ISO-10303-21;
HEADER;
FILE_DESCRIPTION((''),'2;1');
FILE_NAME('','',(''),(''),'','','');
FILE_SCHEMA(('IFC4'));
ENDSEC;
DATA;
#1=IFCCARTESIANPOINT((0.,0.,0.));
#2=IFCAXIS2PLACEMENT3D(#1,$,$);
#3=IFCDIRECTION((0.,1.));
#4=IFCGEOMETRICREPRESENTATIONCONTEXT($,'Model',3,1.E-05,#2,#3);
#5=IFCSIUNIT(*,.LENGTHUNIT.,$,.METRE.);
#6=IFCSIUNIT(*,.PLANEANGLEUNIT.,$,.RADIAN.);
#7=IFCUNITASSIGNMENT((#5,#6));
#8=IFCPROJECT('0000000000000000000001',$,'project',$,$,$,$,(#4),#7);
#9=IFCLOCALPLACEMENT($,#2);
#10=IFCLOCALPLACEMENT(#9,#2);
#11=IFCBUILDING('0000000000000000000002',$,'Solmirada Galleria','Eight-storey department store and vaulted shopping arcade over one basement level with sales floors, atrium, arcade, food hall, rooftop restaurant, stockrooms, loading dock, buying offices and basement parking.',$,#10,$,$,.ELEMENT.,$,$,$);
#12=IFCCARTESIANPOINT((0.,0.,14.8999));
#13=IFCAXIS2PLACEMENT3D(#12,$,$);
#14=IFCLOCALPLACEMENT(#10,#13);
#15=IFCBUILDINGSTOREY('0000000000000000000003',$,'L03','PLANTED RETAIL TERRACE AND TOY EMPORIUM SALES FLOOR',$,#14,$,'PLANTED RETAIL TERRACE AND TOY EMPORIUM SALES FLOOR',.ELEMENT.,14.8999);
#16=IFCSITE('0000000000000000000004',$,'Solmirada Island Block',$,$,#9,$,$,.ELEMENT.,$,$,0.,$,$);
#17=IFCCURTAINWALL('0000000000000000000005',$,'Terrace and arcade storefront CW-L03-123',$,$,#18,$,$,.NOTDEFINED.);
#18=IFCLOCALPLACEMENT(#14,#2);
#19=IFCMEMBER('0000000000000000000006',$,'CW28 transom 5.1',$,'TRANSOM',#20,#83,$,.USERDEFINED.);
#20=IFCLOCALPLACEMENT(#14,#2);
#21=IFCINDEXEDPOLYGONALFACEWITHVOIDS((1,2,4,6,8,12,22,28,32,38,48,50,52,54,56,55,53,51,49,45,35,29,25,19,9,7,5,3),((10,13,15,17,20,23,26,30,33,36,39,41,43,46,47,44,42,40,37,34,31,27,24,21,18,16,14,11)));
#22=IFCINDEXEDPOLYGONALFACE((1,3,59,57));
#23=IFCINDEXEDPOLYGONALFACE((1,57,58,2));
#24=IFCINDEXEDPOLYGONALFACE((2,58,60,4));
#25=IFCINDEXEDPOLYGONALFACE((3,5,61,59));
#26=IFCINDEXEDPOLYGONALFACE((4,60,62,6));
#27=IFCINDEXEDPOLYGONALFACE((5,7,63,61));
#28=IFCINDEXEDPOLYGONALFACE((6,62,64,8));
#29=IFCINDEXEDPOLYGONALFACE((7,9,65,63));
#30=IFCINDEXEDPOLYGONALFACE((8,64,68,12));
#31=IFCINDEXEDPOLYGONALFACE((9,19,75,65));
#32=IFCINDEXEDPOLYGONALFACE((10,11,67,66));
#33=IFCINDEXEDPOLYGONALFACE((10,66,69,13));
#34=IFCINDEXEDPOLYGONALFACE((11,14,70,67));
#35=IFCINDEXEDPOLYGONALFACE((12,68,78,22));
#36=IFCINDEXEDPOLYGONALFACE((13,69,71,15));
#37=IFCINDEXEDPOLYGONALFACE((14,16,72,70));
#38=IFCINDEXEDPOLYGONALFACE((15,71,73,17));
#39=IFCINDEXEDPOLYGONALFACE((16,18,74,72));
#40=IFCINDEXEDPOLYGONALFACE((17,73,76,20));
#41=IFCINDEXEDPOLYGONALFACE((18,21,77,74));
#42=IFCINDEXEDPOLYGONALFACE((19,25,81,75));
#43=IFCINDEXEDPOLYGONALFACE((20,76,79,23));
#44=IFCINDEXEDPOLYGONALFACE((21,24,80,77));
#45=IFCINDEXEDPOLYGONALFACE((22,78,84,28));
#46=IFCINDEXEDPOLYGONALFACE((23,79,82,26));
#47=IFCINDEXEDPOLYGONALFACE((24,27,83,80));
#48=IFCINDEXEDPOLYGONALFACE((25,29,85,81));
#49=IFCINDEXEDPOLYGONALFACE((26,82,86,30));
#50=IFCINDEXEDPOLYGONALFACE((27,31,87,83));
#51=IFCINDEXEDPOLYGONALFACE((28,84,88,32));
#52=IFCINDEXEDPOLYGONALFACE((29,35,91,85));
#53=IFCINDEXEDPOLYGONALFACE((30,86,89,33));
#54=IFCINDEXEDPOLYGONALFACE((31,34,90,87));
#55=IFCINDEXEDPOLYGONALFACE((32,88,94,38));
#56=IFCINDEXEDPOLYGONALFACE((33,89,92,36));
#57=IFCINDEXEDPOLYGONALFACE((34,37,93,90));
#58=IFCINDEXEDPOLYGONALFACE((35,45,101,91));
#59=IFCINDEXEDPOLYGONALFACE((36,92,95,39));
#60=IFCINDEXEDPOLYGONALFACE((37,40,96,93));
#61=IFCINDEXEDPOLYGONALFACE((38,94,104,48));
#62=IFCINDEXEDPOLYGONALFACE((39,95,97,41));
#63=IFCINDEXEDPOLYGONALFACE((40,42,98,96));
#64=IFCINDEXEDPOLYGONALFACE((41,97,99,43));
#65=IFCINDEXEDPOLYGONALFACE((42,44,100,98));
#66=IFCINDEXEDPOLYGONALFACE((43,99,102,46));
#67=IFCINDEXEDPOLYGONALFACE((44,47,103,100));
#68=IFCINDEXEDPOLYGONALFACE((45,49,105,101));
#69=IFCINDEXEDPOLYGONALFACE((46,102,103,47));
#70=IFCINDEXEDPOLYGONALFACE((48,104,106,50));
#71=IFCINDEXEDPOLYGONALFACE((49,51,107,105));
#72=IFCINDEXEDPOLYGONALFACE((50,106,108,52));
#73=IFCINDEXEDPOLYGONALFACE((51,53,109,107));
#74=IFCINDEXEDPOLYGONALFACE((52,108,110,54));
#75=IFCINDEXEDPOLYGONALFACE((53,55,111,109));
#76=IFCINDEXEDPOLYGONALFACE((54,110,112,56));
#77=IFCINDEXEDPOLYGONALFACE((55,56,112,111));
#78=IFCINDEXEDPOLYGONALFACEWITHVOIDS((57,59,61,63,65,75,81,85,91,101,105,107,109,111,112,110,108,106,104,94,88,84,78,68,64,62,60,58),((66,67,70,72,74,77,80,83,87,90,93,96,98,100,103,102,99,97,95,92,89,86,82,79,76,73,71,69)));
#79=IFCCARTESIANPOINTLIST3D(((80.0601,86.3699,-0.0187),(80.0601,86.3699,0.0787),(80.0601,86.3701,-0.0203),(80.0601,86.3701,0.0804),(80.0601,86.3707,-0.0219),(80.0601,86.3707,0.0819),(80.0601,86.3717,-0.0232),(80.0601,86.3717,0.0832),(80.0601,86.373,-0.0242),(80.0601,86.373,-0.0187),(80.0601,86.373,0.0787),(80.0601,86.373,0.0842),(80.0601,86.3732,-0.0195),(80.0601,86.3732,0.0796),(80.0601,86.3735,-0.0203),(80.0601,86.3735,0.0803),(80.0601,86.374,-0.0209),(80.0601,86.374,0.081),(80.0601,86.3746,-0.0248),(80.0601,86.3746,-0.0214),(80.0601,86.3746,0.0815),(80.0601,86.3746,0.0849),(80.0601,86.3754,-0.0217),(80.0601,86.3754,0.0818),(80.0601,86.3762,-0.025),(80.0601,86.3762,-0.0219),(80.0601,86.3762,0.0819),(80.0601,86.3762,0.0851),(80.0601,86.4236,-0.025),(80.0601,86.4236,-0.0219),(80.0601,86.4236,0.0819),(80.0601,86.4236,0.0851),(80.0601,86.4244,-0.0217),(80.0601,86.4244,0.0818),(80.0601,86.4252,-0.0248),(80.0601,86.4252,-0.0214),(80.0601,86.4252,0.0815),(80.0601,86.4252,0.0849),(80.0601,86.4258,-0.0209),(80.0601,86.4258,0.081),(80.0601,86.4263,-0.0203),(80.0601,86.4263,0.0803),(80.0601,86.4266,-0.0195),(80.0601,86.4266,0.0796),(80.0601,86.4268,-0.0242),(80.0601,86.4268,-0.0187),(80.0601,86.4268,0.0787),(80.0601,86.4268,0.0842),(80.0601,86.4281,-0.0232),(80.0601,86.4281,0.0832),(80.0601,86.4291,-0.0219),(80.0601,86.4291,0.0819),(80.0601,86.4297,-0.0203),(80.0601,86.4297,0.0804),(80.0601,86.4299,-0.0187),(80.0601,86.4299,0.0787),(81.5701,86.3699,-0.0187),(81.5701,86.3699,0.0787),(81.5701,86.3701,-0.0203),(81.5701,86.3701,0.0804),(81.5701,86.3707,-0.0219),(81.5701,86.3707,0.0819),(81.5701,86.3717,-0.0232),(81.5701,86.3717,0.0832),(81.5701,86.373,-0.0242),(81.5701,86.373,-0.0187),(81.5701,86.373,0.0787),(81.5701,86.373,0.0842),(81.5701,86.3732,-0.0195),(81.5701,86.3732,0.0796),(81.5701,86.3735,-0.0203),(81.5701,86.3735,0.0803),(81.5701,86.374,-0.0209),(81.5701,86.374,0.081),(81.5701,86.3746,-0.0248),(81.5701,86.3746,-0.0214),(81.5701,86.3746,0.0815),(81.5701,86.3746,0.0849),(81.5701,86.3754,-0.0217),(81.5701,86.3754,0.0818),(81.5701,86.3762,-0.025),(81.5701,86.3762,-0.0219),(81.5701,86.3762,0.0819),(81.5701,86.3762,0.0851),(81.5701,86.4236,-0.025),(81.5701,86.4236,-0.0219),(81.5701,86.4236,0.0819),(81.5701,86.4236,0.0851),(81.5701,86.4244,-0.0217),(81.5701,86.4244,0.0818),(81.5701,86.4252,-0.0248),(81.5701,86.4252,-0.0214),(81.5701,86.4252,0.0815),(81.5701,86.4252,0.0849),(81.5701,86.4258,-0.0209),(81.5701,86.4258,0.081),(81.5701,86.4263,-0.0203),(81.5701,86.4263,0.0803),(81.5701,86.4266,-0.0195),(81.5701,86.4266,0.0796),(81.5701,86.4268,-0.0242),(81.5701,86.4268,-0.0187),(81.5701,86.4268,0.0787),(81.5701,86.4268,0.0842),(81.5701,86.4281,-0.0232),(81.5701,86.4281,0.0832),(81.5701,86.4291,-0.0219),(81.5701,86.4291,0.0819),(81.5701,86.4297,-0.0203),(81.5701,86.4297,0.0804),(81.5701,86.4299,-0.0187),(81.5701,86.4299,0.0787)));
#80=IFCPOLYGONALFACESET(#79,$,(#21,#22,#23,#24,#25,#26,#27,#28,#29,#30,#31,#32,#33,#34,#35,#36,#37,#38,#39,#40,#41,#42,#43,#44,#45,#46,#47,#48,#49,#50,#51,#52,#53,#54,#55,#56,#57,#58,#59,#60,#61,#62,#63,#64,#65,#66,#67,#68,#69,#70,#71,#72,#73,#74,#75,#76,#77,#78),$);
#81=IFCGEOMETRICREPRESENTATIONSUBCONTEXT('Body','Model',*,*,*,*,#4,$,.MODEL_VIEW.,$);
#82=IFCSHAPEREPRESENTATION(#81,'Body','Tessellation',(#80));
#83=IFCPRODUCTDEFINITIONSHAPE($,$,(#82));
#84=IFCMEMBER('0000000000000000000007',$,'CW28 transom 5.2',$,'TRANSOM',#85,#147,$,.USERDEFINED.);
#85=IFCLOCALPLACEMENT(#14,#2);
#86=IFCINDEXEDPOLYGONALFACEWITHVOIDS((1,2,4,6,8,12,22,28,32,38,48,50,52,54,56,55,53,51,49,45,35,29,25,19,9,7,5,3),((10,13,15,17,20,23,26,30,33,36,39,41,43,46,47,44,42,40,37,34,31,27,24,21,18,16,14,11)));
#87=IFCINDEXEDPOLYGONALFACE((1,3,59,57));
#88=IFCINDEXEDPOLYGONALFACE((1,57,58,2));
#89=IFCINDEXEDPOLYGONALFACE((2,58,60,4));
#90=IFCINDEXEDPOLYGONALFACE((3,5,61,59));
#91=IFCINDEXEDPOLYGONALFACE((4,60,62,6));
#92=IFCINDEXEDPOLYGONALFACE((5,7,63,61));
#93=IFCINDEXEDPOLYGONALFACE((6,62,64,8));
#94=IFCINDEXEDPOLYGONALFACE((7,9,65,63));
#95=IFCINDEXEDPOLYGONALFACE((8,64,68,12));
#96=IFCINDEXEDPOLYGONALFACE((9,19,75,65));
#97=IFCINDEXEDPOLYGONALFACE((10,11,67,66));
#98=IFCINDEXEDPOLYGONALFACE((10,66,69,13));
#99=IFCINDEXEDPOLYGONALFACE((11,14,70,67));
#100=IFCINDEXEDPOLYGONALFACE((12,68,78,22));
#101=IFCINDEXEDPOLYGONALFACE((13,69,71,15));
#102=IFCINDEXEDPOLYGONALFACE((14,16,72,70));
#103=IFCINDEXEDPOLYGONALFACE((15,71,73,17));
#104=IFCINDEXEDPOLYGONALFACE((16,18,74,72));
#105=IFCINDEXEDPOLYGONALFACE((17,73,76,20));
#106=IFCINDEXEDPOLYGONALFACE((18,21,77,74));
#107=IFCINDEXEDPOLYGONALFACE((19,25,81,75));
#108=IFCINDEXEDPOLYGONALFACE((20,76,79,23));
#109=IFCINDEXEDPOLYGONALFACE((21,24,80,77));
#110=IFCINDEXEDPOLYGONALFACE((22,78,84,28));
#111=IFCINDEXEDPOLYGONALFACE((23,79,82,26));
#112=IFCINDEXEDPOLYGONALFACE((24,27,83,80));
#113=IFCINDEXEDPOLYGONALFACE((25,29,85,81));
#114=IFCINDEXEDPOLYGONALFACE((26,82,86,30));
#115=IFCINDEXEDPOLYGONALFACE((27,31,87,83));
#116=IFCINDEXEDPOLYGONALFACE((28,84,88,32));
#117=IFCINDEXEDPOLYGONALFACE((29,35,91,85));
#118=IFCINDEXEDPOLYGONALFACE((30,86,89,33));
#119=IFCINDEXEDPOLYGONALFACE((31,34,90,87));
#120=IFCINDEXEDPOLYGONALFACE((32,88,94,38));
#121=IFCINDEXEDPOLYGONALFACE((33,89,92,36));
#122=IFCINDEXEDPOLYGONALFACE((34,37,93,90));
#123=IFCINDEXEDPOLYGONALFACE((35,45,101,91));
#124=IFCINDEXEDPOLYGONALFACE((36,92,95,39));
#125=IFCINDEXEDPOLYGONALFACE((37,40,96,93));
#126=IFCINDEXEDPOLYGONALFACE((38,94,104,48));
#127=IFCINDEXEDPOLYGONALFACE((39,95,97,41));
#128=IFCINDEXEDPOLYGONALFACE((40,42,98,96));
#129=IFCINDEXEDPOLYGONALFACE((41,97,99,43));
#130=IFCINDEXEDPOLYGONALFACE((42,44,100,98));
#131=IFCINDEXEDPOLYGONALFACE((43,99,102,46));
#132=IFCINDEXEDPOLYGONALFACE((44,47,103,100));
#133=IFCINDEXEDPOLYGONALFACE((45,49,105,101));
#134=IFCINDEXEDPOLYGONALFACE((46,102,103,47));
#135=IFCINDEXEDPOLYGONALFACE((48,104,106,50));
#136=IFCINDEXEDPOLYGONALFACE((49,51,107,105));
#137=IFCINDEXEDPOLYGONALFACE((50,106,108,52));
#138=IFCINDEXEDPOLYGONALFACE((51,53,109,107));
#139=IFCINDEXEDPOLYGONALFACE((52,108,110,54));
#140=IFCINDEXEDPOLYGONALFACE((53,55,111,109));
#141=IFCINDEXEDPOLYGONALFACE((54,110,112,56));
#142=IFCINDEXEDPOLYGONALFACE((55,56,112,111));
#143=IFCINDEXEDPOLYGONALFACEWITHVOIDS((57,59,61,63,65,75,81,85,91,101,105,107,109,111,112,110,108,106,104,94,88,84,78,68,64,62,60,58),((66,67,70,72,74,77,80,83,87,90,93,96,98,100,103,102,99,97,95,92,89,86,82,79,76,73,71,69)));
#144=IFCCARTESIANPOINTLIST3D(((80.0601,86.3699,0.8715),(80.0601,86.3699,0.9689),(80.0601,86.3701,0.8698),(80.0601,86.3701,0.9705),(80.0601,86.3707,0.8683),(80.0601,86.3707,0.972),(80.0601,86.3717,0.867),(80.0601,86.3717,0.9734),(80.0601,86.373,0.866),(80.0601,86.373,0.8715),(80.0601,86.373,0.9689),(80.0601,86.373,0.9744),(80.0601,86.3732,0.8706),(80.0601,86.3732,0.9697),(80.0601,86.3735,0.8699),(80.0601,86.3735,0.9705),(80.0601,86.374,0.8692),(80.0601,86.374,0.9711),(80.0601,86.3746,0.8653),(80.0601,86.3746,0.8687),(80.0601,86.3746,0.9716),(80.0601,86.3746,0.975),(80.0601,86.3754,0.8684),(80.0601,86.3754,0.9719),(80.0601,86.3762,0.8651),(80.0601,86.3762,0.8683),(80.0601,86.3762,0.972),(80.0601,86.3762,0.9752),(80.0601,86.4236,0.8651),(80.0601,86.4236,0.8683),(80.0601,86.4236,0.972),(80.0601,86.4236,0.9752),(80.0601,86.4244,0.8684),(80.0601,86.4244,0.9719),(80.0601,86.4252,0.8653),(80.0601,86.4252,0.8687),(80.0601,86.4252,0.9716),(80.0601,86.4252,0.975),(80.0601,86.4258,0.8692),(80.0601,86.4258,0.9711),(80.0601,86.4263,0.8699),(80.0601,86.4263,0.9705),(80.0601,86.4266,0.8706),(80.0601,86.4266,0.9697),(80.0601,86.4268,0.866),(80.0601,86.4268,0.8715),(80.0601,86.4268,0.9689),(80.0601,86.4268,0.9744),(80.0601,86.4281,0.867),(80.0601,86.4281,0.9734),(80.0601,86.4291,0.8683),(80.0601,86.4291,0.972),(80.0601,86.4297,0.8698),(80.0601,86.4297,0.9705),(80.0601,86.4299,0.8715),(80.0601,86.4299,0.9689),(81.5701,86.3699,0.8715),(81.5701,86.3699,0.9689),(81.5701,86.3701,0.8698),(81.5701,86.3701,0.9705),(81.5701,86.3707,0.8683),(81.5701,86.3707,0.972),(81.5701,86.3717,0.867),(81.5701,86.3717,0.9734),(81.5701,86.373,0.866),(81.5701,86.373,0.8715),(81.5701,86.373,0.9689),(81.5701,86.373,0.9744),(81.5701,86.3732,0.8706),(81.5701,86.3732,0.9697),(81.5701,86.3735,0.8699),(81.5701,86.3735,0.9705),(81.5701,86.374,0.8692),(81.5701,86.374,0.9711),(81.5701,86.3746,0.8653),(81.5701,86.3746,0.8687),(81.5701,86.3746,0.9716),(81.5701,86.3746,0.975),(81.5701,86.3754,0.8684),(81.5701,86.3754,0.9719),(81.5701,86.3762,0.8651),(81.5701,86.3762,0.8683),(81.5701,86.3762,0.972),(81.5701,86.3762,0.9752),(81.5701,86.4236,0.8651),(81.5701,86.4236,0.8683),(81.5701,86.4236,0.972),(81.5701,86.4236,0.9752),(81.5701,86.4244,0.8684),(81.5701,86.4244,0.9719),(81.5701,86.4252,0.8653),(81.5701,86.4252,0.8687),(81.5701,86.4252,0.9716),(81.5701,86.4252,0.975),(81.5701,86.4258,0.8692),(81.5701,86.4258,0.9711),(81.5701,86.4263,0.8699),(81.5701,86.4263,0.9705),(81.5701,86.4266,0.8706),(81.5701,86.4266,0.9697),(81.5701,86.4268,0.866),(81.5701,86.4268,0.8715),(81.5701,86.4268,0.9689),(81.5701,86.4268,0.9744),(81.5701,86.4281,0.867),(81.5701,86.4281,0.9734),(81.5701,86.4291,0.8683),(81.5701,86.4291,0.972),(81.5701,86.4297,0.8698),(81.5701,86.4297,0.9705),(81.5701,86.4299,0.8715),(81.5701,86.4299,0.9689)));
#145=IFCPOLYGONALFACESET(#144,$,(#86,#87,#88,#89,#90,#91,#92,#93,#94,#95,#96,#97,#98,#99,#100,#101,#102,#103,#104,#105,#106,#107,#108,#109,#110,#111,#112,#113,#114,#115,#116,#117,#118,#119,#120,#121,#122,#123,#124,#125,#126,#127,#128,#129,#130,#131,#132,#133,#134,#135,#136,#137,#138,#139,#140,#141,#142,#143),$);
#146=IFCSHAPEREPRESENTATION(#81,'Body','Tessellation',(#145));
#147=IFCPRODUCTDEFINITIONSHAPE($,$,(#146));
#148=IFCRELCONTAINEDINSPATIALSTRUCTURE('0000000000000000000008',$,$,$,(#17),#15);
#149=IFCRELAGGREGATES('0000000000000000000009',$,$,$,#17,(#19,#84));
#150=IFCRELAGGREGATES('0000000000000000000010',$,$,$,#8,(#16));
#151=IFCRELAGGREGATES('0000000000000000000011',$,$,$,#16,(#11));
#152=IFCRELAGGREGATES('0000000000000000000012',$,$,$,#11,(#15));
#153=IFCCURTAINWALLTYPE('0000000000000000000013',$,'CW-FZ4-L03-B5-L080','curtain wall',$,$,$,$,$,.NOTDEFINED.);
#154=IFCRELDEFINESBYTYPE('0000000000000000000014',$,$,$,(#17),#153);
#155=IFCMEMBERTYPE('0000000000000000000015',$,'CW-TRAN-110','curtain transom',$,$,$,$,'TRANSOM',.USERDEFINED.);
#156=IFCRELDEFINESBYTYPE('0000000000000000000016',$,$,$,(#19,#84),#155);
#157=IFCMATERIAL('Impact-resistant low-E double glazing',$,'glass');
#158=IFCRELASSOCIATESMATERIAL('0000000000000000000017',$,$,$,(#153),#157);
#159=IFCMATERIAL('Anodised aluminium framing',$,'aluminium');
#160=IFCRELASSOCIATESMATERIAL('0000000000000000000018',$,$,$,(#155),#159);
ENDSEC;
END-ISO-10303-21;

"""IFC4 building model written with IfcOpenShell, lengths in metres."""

from ifc_helpers import new_model, si_unit, direction, frame, origin, origin_2d, place, context, subcontext, project, spatial, hollow_rectangle, extrude, material, material_profile, profile_set, type_object, element, aggregate, save


model = new_model("IFC4")

# Units and contexts
model_context = context("Model", 3, precision=1e-05, world=origin(), true_north=direction((0.0, 1.0)))
body_context = subcontext(model_context, "Body", "Model", "MODEL_VIEW")
ifc_project = project(units=[si_unit("LENGTHUNIT", "METRE"), si_unit("PLANEANGLEUNIT", "RADIAN")], contexts=[model_context])

# Site, building, storey
site_placement = place(None, origin())
site = spatial("IfcSite", under=ifc_project, at=site_placement, Name="Solmirada Island Block", CompositionType="ELEMENT", RefElevation=0.0)
building_placement = place(site_placement, origin())
building = spatial("IfcBuilding", under=site, at=building_placement, Name="Solmirada Galleria", Description="Eight-storey department store and vaulted shopping arcade over one basement level with sales floors, atrium, arcade, food hall, rooftop restaurant, stockrooms, loading dock, buying offices and basement parking.", CompositionType="ELEMENT")
storey_placement = place(building_placement, frame((0.0, 0.0, 14.8999)))
storey = spatial("IfcBuildingStorey", under=building, at=storey_placement, Name="L03", Description="PLANTED RETAIL TERRACE AND TOY EMPORIUM SALES FLOOR", LongName="PLANTED RETAIL TERRACE AND TOY EMPORIUM SALES FLOOR", CompositionType="ELEMENT", Elevation=14.8999)

# Curtain wall, members
ifc_material_1 = material(Name="Impact-resistant low-E double glazing", Category="glass")
curtain_wall_type = type_object("IfcCurtainWallType", Name="CW-FZ4-L03-B5-L080", Description="curtain wall", PredefinedType="NOTDEFINED", material=ifc_material_1)
curtain_wall_placement = place(storey_placement, origin())
curtain_wall = element("IfcCurtainWall", 1, at=curtain_wall_placement, inside=storey, type_object=curtain_wall_type, Name="Terrace and arcade storefront CW-L03-123", PredefinedType="NOTDEFINED")
ifc_material_2 = material(Name="Anodised aluminium framing", Category="aluminium")
ifc_material_profile_1 = material_profile(ifc_material_2, hollow_rectangle(XDim=0.0601, YDim=0.1101, WallThickness=0.0032, InnerFilletRadius=0.0032, OuterFilletRadius=0.0063, at=origin_2d()), Name="ALU-TRAN-110X60")
ifc_profile_set_1 = profile_set([ifc_material_profile_1], Name="Anodised aluminium framing")
member_type_1 = type_object("IfcMemberType", Name="CW-TRAN-110", Description="curtain transom", ElementType="TRANSOM", PredefinedType="USERDEFINED", material=ifc_profile_set_1)
member_1_placement = place(storey_placement, frame((81.5701, 86.3999, 0.03), z_axis=(-1.0, 0.0, 0.0), x_axis=(0.0, -1.0, 0.0)))
member_1 = element("IfcMember", 2, at=member_1_placement, type_object=member_type_1, Name="CW28 transom 5.1", ObjectType="TRANSOM", PredefinedType="USERDEFINED", context=body_context, shape_type="SweptSolid", body=[
    extrude(hollow_rectangle(XDim=0.0601, YDim=0.1101, WallThickness=0.0032, InnerFilletRadius=0.0032, OuterFilletRadius=0.0063, at=origin_2d()), origin(), (0.0, 0.0, 1.0), 1.51),
])
member_2_placement = place(storey_placement, frame((81.5701, 86.3999, 0.9202), z_axis=(-1.0, 0.0, 0.0), x_axis=(0.0, -1.0, 0.0)))
member_2 = element("IfcMember", 3, at=member_2_placement, type_object=member_type_1, Name="CW28 transom 5.2", ObjectType="TRANSOM", PredefinedType="USERDEFINED", context=body_context, shape_type="SweptSolid", body=[
    extrude(hollow_rectangle(XDim=0.0601, YDim=0.1101, WallThickness=0.0032, InnerFilletRadius=0.0032, OuterFilletRadius=0.0063, at=origin_2d()), origin(), (0.0, 0.0, 1.0), 1.51),
])
aggregate(curtain_wall, [member_1, member_2])

save(model, "model.ifc")
